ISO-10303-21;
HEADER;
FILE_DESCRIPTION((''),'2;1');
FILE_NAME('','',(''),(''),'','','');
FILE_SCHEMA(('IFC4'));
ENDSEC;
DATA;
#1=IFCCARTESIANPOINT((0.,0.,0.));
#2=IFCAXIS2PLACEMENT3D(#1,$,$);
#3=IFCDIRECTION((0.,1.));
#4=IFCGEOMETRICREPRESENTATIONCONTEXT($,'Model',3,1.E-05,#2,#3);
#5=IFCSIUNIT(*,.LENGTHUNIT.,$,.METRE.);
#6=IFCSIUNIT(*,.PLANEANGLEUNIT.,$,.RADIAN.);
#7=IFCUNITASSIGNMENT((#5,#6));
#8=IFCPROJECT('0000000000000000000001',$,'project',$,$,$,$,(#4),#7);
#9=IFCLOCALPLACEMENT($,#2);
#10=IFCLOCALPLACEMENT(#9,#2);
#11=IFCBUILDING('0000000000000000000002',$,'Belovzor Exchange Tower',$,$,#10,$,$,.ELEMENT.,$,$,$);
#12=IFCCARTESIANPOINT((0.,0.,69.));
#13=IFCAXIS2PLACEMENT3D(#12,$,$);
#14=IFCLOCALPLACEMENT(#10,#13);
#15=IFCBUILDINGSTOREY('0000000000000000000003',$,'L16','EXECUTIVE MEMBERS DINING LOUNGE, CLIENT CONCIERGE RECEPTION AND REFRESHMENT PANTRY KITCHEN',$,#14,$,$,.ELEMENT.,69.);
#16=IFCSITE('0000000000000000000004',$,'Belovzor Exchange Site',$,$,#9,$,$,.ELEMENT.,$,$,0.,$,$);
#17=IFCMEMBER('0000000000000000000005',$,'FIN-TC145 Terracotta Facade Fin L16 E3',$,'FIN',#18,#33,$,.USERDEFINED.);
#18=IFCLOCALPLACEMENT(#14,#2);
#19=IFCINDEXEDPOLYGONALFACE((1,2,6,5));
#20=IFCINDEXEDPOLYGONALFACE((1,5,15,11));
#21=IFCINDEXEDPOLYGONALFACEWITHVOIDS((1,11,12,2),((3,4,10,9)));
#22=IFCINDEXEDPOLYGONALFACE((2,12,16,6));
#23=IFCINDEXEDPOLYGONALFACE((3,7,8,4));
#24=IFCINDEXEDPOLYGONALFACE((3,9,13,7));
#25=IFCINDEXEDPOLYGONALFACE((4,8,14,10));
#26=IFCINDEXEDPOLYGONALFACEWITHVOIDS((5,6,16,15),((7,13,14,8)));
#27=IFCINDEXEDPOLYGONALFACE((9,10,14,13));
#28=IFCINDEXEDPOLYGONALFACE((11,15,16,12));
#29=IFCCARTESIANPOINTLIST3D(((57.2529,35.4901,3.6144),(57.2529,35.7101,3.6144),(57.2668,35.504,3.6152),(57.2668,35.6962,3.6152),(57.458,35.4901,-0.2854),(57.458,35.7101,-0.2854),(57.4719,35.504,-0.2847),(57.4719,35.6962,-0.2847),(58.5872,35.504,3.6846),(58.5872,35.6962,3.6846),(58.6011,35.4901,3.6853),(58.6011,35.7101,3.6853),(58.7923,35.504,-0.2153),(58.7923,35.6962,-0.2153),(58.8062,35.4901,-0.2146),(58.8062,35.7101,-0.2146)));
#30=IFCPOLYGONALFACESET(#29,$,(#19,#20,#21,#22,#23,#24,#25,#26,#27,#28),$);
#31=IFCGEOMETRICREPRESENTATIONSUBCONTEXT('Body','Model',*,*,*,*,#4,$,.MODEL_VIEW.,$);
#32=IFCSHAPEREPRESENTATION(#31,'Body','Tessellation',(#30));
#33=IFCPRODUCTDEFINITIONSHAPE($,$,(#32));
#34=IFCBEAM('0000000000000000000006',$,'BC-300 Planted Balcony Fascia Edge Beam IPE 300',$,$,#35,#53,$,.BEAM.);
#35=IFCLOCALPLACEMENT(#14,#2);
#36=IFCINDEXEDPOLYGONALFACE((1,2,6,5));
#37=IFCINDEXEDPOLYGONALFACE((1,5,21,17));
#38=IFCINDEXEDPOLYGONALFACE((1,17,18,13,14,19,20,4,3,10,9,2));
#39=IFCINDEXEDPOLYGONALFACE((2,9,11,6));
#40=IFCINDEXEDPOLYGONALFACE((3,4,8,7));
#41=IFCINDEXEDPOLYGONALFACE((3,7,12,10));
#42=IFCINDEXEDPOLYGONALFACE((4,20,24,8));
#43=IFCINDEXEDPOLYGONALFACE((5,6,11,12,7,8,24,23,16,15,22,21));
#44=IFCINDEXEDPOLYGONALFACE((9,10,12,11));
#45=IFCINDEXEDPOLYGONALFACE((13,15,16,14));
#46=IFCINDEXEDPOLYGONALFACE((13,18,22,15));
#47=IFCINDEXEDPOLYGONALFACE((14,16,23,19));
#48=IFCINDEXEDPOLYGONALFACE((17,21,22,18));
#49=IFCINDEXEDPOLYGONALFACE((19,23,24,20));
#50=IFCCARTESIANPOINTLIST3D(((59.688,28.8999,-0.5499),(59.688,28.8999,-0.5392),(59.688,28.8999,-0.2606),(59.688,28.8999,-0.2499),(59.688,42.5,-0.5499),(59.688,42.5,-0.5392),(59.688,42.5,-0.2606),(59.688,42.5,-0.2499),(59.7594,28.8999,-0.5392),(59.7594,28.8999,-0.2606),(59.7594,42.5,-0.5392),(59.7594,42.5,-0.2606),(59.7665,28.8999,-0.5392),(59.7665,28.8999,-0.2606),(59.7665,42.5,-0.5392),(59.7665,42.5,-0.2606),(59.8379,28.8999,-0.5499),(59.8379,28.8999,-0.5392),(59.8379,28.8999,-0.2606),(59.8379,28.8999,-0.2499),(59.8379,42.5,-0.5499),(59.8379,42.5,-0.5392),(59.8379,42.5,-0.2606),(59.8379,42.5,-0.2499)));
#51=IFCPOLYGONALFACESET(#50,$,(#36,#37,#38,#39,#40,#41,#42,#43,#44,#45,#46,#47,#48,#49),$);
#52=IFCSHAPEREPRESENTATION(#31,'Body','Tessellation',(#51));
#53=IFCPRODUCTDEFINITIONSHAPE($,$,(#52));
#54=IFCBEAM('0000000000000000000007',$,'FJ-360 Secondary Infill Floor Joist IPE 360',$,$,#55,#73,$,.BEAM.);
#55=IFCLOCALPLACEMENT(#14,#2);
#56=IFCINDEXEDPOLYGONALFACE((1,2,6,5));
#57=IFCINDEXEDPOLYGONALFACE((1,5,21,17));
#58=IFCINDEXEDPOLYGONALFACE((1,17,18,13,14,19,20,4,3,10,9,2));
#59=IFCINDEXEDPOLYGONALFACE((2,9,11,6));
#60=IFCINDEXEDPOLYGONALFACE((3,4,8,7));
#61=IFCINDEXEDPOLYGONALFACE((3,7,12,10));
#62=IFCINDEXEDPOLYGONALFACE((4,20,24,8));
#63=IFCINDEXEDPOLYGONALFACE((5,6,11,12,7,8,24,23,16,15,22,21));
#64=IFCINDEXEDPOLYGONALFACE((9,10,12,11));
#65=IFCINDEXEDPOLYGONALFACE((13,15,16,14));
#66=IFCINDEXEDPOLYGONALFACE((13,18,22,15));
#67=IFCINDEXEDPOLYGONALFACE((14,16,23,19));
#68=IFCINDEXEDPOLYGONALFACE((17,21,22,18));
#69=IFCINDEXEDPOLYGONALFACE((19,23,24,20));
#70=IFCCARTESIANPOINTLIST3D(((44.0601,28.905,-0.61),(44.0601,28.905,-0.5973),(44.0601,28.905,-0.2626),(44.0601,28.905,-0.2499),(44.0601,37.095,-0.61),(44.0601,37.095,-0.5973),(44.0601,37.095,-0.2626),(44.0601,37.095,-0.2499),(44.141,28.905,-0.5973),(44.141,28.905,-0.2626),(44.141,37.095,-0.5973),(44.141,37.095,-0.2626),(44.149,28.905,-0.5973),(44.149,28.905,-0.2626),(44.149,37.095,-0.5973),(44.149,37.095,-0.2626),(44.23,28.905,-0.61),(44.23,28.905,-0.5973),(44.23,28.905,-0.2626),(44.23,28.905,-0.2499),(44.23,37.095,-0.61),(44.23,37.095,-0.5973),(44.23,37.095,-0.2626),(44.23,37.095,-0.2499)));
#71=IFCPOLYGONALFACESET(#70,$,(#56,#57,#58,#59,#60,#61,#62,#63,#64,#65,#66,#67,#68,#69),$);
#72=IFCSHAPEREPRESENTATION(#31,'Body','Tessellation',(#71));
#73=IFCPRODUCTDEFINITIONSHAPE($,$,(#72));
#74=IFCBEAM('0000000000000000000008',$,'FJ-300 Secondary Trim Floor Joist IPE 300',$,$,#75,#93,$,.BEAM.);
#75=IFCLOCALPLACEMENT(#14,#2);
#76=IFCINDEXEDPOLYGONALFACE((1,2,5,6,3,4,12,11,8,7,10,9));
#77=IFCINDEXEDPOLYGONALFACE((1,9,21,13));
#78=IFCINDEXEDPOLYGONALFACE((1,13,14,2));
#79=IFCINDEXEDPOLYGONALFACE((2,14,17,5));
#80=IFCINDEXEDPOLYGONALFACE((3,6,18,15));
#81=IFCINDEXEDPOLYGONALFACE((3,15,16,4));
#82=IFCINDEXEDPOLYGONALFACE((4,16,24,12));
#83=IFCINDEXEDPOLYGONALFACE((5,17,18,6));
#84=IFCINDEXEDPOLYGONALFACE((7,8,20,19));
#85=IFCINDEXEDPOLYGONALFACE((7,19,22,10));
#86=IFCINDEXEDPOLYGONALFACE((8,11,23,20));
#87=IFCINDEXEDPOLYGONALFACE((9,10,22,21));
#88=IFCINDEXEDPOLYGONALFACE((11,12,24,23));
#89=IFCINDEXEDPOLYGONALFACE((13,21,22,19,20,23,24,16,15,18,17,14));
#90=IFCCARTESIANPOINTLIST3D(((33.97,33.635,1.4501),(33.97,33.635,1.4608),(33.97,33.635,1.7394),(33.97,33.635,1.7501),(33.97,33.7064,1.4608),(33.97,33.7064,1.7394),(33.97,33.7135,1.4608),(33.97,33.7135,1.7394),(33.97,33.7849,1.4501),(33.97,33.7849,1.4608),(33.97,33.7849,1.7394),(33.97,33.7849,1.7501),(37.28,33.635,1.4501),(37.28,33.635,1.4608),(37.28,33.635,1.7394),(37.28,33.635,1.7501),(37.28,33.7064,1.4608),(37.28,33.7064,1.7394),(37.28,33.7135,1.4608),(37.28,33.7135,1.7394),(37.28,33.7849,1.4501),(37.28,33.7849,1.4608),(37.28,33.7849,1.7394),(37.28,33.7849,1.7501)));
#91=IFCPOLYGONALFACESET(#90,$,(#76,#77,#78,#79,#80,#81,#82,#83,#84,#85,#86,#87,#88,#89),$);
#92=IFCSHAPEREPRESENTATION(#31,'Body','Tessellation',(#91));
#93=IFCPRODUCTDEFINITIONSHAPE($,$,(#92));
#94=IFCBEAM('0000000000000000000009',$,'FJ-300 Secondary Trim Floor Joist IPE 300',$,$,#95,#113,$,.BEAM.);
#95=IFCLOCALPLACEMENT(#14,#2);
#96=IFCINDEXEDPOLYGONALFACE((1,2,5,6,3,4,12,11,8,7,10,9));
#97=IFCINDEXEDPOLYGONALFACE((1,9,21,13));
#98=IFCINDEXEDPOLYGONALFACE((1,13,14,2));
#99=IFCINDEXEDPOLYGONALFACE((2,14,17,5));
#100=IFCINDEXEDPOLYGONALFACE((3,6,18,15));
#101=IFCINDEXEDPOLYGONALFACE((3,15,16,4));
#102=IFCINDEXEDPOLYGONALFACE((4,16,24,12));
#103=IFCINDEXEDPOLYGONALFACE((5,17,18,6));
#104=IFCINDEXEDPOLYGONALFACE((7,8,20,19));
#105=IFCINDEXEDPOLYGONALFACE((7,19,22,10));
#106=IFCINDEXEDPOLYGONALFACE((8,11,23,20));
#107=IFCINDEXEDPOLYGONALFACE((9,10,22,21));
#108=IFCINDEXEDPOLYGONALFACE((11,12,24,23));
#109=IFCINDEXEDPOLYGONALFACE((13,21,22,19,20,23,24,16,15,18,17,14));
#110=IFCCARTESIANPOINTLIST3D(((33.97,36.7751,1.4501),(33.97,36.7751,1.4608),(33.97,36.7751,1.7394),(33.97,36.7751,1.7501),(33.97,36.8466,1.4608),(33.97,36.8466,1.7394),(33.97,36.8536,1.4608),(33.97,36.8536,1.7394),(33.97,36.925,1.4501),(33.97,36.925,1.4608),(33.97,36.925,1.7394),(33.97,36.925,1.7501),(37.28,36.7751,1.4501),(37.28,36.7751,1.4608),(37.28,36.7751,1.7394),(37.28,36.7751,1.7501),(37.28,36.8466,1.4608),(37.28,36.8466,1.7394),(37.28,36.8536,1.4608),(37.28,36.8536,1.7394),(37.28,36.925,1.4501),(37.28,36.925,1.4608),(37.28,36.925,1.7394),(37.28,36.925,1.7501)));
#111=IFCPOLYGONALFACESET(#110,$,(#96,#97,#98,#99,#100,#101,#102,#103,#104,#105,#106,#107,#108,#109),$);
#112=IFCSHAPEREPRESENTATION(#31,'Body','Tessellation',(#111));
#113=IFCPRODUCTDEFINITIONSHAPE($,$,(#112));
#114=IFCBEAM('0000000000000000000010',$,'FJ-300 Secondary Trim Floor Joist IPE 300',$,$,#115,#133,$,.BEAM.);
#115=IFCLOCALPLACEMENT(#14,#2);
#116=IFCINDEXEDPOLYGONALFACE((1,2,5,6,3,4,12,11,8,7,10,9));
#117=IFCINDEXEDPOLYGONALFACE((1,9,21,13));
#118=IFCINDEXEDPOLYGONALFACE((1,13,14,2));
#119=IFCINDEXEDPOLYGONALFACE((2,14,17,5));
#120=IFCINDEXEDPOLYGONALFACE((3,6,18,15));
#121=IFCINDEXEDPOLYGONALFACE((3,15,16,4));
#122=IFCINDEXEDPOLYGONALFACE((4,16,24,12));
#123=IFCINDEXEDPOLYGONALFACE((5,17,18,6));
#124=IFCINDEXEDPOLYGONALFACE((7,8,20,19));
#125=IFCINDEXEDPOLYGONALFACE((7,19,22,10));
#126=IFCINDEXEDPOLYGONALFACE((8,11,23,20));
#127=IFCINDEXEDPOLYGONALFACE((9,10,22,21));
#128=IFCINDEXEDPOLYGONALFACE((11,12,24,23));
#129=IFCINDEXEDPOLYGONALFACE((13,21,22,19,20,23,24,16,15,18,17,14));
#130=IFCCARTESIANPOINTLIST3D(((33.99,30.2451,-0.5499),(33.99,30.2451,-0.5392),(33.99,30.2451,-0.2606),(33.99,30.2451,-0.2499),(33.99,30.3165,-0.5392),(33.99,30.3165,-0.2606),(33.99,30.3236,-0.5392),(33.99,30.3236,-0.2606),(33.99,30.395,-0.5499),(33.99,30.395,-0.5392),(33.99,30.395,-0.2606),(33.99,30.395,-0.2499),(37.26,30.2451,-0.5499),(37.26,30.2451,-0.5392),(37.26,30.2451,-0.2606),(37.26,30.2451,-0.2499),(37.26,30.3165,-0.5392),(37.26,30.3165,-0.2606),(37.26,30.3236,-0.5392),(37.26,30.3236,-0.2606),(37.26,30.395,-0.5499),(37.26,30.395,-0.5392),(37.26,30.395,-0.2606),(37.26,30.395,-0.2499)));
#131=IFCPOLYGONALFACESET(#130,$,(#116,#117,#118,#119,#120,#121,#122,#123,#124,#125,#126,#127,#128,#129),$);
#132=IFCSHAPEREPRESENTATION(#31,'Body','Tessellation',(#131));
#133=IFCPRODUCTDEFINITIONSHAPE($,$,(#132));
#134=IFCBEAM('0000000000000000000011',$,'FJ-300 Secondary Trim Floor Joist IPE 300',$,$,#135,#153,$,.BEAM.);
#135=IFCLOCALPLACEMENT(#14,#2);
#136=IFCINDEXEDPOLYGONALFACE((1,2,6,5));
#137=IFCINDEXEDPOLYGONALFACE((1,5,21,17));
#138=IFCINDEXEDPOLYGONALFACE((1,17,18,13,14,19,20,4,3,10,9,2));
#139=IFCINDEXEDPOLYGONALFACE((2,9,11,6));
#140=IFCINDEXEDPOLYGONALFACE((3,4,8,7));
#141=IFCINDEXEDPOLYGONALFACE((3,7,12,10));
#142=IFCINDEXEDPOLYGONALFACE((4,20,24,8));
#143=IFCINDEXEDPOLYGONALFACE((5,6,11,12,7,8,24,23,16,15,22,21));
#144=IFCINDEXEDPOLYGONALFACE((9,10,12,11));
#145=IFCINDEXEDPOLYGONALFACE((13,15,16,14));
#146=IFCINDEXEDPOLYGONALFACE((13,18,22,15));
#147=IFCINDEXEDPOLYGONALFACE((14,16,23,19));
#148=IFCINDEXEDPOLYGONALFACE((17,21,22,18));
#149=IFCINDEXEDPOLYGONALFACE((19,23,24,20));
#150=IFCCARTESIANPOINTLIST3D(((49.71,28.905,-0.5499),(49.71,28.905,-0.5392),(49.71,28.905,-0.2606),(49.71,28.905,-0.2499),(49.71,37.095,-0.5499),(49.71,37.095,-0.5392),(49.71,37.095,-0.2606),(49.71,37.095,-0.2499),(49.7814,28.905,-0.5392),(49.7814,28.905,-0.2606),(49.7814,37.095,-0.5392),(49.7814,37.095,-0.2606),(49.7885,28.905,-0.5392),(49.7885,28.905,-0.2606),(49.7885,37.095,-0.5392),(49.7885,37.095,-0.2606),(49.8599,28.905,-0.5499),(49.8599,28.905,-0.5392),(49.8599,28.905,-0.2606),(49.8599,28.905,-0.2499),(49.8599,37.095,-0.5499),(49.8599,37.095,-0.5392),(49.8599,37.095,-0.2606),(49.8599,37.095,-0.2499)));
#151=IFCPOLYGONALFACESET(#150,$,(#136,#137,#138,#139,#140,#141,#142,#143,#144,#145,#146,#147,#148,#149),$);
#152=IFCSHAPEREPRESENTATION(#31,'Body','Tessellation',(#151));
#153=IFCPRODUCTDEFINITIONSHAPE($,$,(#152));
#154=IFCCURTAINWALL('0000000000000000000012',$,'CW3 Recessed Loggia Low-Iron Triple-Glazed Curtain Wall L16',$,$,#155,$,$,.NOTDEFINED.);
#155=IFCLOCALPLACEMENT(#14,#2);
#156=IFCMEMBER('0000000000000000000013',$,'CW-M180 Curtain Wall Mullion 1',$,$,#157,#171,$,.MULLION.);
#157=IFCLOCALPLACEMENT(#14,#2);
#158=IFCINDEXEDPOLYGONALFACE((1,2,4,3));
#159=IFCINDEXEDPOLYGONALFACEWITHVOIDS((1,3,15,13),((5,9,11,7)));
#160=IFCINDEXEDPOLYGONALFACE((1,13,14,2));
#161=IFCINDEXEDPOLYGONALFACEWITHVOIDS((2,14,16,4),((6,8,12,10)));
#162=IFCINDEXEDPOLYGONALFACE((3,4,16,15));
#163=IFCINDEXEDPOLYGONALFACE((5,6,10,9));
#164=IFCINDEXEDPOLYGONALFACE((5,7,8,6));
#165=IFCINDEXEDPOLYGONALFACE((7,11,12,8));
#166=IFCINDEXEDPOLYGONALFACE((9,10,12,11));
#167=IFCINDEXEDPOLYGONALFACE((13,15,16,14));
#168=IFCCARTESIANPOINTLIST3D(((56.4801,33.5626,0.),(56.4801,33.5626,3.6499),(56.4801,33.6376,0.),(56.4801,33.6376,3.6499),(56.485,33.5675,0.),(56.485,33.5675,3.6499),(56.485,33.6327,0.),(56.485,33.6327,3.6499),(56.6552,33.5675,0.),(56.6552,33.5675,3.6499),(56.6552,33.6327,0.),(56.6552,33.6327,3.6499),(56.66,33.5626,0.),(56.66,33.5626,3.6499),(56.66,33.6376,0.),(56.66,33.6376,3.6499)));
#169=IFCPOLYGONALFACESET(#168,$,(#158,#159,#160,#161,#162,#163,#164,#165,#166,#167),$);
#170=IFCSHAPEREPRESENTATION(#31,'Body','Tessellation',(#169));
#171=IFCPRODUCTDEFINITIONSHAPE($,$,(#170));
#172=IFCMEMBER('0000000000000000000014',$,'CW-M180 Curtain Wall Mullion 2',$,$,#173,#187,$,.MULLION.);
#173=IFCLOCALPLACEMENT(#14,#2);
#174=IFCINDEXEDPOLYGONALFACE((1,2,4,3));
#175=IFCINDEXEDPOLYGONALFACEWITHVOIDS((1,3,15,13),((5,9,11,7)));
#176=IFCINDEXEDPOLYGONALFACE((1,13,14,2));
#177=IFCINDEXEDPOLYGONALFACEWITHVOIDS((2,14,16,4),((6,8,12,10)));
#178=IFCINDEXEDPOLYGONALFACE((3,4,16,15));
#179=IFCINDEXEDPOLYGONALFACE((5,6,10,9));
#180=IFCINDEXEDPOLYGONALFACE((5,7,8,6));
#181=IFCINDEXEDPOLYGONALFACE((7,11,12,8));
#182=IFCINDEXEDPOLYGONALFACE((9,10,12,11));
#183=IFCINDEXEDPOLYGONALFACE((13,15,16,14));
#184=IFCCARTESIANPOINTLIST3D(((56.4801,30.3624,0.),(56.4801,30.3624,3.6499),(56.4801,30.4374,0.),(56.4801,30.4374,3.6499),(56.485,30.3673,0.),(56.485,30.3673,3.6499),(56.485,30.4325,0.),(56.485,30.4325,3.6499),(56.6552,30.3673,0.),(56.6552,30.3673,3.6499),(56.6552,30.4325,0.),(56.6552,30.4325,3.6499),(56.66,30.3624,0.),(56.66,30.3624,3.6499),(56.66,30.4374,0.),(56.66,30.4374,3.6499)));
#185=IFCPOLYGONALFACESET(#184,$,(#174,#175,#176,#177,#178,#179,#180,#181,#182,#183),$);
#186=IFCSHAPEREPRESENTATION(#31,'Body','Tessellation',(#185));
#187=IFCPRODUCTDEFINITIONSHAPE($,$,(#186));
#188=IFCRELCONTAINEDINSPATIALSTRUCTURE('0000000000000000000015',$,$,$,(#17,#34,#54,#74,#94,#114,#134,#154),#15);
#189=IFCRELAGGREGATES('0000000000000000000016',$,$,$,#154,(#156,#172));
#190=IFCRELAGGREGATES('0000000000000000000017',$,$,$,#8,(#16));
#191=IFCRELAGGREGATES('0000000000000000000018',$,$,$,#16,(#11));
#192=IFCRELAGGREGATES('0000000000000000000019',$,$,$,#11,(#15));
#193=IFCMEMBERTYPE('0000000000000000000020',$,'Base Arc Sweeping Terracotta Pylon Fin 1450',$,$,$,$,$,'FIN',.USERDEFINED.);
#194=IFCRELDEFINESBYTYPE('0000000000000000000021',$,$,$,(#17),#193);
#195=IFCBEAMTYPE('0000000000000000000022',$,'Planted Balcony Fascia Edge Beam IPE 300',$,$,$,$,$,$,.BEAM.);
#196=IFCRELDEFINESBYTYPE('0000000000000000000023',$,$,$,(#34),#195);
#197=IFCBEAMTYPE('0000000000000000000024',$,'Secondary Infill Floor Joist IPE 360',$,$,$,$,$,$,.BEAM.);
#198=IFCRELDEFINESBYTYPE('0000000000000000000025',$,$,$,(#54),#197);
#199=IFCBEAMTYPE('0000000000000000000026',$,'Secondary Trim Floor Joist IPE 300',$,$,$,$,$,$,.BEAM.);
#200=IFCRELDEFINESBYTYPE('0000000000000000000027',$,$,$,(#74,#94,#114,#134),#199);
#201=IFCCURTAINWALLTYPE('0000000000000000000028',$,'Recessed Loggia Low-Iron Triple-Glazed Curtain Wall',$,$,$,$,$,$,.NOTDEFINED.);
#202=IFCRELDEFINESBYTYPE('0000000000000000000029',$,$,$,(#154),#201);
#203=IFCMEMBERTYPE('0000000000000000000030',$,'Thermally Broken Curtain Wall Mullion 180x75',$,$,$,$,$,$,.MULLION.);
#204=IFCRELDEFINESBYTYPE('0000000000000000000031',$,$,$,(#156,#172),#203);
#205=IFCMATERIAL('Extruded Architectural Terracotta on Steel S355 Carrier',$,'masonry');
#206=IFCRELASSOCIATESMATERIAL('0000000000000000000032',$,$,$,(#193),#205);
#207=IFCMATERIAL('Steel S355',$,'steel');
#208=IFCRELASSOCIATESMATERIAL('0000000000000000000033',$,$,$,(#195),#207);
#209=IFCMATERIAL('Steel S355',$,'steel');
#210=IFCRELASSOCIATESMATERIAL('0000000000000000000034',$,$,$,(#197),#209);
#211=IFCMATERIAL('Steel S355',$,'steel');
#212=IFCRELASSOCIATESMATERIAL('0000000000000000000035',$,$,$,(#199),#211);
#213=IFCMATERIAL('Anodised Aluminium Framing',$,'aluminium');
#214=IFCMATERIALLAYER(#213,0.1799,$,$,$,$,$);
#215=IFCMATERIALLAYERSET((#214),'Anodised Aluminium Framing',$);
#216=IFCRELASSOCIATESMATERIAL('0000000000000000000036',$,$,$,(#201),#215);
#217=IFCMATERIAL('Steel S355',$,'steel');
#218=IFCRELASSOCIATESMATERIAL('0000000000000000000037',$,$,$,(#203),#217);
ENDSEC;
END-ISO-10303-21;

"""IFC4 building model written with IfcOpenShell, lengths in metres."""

from ifc_helpers import new_model, si_unit, direction, frame, origin, origin_2d, place, context, subcontext, project, spatial, hollow_rectangle, i_section, extrude, material, layer, layer_set, material_profile, profile_set, type_object, element, aggregate, save


model = new_model("IFC4")

# Units and contexts
model_context = context("Model", 3, precision=1e-05, world=origin(), true_north=direction((0.0, 1.0)))
body_context = subcontext(model_context, "Body", "Model", "MODEL_VIEW")
ifc_project = project(units=[si_unit("LENGTHUNIT", "METRE"), si_unit("PLANEANGLEUNIT", "RADIAN")], contexts=[model_context])

# Site, building, storey
site_placement = place(None, origin())
site = spatial("IfcSite", under=ifc_project, at=site_placement, Name="Belovzor Exchange Site", CompositionType="ELEMENT", RefElevation=0.0)
building_placement = place(site_placement, origin())
building = spatial("IfcBuilding", under=site, at=building_placement, Name="Belovzor Exchange Tower", CompositionType="ELEMENT")
storey_placement = place(building_placement, frame((0.0, 0.0, 69.0)))
storey = spatial("IfcBuildingStorey", under=building, at=storey_placement, Name="L16", Description="EXECUTIVE MEMBERS DINING LOUNGE, CLIENT CONCIERGE RECEPTION AND REFRESHMENT PANTRY KITCHEN", CompositionType="ELEMENT", Elevation=69.0)

# Member
ifc_material_1 = material(Name="Extruded Architectural Terracotta on Steel S355 Carrier", Category="masonry")
ifc_material_profile_1 = material_profile(ifc_material_1, hollow_rectangle(XDim=0.22, YDim=1.3501, WallThickness=0.0139, at=origin_2d()))
ifc_profile_set_1 = profile_set([ifc_material_profile_1], Name="Extruded Architectural Terracotta on Steel S355 Carrier")
member_type_1 = type_object("IfcMemberType", Name="Base Arc Sweeping Terracotta Pylon Fin 1450", ElementType="FIN", PredefinedType="USERDEFINED", material=ifc_profile_set_1)
member_1_placement = place(storey_placement, frame((58.1321, 35.6001, -0.25), z_axis=(-0.052513, 0.0, 0.99862), x_axis=(0.0, -1.0, 0.0)))
element("IfcMember", 1, at=member_1_placement, inside=storey, type_object=member_type_1, Name="FIN-TC145 Terracotta Facade Fin L16 E3", ObjectType="FIN", PredefinedType="USERDEFINED", context=body_context, shape_type="SweptSolid", body=[
    extrude(hollow_rectangle(XDim=0.22, YDim=1.3501, WallThickness=0.0139, at=origin_2d()), origin(), (0.0, 0.0, 1.0), 3.9053),
])

# Beams
ifc_material_2 = material(Name="Steel S355", Category="steel")
ifc_material_profile_2 = material_profile(ifc_material_2, i_section(OverallWidth=0.1499, OverallDepth=0.3, WebThickness=0.0071, FlangeThickness=0.0107, at=origin_2d()))
ifc_profile_set_2 = profile_set([ifc_material_profile_2], Name="Steel S355")
beam_type_1 = type_object("IfcBeamType", Name="Planted Balcony Fascia Edge Beam IPE 300", PredefinedType="BEAM", material=ifc_profile_set_2)
beam_1_placement = place(storey_placement, frame((59.7629, 28.8999, -0.3999), z_axis=(0.0, 1.0, 0.0), x_axis=(-1.0, 0.0, 0.0)))
element("IfcBeam", 2, at=beam_1_placement, inside=storey, type_object=beam_type_1, Name="BC-300 Planted Balcony Fascia Edge Beam IPE 300", PredefinedType="BEAM", context=body_context, shape_type="SweptSolid", body=[
    extrude(i_section(OverallWidth=0.1499, OverallDepth=0.3, WebThickness=0.0071, FlangeThickness=0.0107, at=origin_2d()), origin(), (0.0, 0.0, 1.0), 13.6001),
])
ifc_material_3 = material(Name="Steel S355", Category="steel")
ifc_material_profile_3 = material_profile(ifc_material_3, i_section(OverallWidth=0.1699, OverallDepth=0.3601, WebThickness=0.0081, FlangeThickness=0.0127, at=origin_2d()))
ifc_profile_set_3 = profile_set([ifc_material_profile_3], Name="Steel S355")
beam_type_2 = type_object("IfcBeamType", Name="Secondary Infill Floor Joist IPE 360", PredefinedType="BEAM", material=ifc_profile_set_3)
beam_2_placement = place(storey_placement, frame((44.145, 28.905, -0.4299), z_axis=(0.0, 1.0, 0.0), x_axis=(-1.0, 0.0, 0.0)))
element("IfcBeam", 3, at=beam_2_placement, inside=storey, type_object=beam_type_2, Name="FJ-360 Secondary Infill Floor Joist IPE 360", PredefinedType="BEAM", context=body_context, shape_type="SweptSolid", body=[
    extrude(i_section(OverallWidth=0.1699, OverallDepth=0.3601, WebThickness=0.0081, FlangeThickness=0.0127, at=origin_2d()), origin(), (0.0, 0.0, 1.0), 8.1899),
])
ifc_material_4 = material(Name="Steel S355", Category="steel")
ifc_material_profile_4 = material_profile(ifc_material_4, i_section(OverallWidth=0.1499, OverallDepth=0.3, WebThickness=0.0071, FlangeThickness=0.0107, at=origin_2d()))
ifc_profile_set_4 = profile_set([ifc_material_profile_4], Name="Steel S355")
beam_type_3 = type_object("IfcBeamType", Name="Secondary Trim Floor Joist IPE 300", PredefinedType="BEAM", material=ifc_profile_set_4)
for number, where, z_axis, x_axis, name in (
    (4, (37.28, 33.71, 1.6001), (-1.0, 0.0, 0.0), (0.0, -1.0, 0.0), "FJ-300 Secondary Trim Floor Joist IPE 300"),
    (5, (37.28, 36.8501, 1.6001), (-1.0, 0.0, 0.0), (0.0, -1.0, 0.0), "FJ-300 Secondary Trim Floor Joist IPE 300"),
):
    element("IfcBeam", number, at=place(storey_placement, frame(where, z_axis=z_axis, x_axis=x_axis)), inside=storey, type_object=beam_type_3, Name=name, PredefinedType="BEAM", context=body_context, shape_type="SweptSolid", body=[
        extrude(i_section(OverallWidth=0.1499, OverallDepth=0.3, WebThickness=0.0071, FlangeThickness=0.0107, at=origin_2d()), origin(), (0.0, 0.0, 1.0), 3.3101),
    ])
beam_3_placement = place(storey_placement, frame((37.26, 30.3201, -0.3999), z_axis=(-1.0, 0.0, 0.0), x_axis=(0.0, -1.0, 0.0)))
element("IfcBeam", 6, at=beam_3_placement, inside=storey, type_object=beam_type_3, Name="FJ-300 Secondary Trim Floor Joist IPE 300", PredefinedType="BEAM", context=body_context, shape_type="SweptSolid", body=[
    extrude(i_section(OverallWidth=0.1499, OverallDepth=0.3, WebThickness=0.0071, FlangeThickness=0.0107, at=origin_2d()), origin(), (0.0, 0.0, 1.0), 3.27),
])
beam_4_placement = place(storey_placement, frame((49.7849, 28.905, -0.3999), z_axis=(0.0, 1.0, 0.0), x_axis=(-1.0, 0.0, 0.0)))
element("IfcBeam", 7, at=beam_4_placement, inside=storey, type_object=beam_type_3, Name="FJ-300 Secondary Trim Floor Joist IPE 300", PredefinedType="BEAM", context=body_context, shape_type="SweptSolid", body=[
    extrude(i_section(OverallWidth=0.1499, OverallDepth=0.3, WebThickness=0.0071, FlangeThickness=0.0107, at=origin_2d()), origin(), (0.0, 0.0, 1.0), 8.1899),
])

# Curtain wall, members
ifc_material_5 = material(Name="Anodised Aluminium Framing", Category="aluminium")
ifc_layer_1 = layer(ifc_material_5, 0.1799)
ifc_layer_set_1 = layer_set([ifc_layer_1], Name="Anodised Aluminium Framing")
curtain_wall_type = type_object("IfcCurtainWallType", Name="Recessed Loggia Low-Iron Triple-Glazed Curtain Wall", PredefinedType="NOTDEFINED", material=ifc_layer_set_1)
curtain_wall_placement = place(storey_placement, origin())
curtain_wall = element("IfcCurtainWall", 8, at=curtain_wall_placement, inside=storey, type_object=curtain_wall_type, Name="CW3 Recessed Loggia Low-Iron Triple-Glazed Curtain Wall L16", PredefinedType="NOTDEFINED")
ifc_material_6 = material(Name="Steel S355", Category="steel")
ifc_material_profile_5 = material_profile(ifc_material_6, hollow_rectangle(XDim=0.075, YDim=0.1799, WallThickness=0.0049, at=origin_2d()))
ifc_profile_set_5 = profile_set([ifc_material_profile_5], Name="Steel S355")
member_type_2 = type_object("IfcMemberType", Name="Thermally Broken Curtain Wall Mullion 180x75", PredefinedType="MULLION", material=ifc_profile_set_5)
member_2_placement = place(storey_placement, frame((56.5701, 33.6001, 0.0), z_axis=(0.0, 0.0, 1.0), x_axis=(0.0, -1.0, 0.0)))
member_2 = element("IfcMember", 9, at=member_2_placement, type_object=member_type_2, Name="CW-M180 Curtain Wall Mullion 1", PredefinedType="MULLION", context=body_context, shape_type="SweptSolid", body=[
    extrude(hollow_rectangle(XDim=0.075, YDim=0.1799, WallThickness=0.0049, at=origin_2d()), origin(), (0.0, 0.0, 1.0), 3.6499),
])
member_3_placement = place(storey_placement, frame((56.5701, 30.3999, 0.0), z_axis=(0.0, 0.0, 1.0), x_axis=(0.0, -1.0, 0.0)))
member_3 = element("IfcMember", 10, at=member_3_placement, type_object=member_type_2, Name="CW-M180 Curtain Wall Mullion 2", PredefinedType="MULLION", context=body_context, shape_type="SweptSolid", body=[
    extrude(hollow_rectangle(XDim=0.075, YDim=0.1799, WallThickness=0.0049, at=origin_2d()), origin(), (0.0, 0.0, 1.0), 3.6499),
])

aggregate(curtain_wall, [member_2, member_3])

save(model, "model.ifc")
